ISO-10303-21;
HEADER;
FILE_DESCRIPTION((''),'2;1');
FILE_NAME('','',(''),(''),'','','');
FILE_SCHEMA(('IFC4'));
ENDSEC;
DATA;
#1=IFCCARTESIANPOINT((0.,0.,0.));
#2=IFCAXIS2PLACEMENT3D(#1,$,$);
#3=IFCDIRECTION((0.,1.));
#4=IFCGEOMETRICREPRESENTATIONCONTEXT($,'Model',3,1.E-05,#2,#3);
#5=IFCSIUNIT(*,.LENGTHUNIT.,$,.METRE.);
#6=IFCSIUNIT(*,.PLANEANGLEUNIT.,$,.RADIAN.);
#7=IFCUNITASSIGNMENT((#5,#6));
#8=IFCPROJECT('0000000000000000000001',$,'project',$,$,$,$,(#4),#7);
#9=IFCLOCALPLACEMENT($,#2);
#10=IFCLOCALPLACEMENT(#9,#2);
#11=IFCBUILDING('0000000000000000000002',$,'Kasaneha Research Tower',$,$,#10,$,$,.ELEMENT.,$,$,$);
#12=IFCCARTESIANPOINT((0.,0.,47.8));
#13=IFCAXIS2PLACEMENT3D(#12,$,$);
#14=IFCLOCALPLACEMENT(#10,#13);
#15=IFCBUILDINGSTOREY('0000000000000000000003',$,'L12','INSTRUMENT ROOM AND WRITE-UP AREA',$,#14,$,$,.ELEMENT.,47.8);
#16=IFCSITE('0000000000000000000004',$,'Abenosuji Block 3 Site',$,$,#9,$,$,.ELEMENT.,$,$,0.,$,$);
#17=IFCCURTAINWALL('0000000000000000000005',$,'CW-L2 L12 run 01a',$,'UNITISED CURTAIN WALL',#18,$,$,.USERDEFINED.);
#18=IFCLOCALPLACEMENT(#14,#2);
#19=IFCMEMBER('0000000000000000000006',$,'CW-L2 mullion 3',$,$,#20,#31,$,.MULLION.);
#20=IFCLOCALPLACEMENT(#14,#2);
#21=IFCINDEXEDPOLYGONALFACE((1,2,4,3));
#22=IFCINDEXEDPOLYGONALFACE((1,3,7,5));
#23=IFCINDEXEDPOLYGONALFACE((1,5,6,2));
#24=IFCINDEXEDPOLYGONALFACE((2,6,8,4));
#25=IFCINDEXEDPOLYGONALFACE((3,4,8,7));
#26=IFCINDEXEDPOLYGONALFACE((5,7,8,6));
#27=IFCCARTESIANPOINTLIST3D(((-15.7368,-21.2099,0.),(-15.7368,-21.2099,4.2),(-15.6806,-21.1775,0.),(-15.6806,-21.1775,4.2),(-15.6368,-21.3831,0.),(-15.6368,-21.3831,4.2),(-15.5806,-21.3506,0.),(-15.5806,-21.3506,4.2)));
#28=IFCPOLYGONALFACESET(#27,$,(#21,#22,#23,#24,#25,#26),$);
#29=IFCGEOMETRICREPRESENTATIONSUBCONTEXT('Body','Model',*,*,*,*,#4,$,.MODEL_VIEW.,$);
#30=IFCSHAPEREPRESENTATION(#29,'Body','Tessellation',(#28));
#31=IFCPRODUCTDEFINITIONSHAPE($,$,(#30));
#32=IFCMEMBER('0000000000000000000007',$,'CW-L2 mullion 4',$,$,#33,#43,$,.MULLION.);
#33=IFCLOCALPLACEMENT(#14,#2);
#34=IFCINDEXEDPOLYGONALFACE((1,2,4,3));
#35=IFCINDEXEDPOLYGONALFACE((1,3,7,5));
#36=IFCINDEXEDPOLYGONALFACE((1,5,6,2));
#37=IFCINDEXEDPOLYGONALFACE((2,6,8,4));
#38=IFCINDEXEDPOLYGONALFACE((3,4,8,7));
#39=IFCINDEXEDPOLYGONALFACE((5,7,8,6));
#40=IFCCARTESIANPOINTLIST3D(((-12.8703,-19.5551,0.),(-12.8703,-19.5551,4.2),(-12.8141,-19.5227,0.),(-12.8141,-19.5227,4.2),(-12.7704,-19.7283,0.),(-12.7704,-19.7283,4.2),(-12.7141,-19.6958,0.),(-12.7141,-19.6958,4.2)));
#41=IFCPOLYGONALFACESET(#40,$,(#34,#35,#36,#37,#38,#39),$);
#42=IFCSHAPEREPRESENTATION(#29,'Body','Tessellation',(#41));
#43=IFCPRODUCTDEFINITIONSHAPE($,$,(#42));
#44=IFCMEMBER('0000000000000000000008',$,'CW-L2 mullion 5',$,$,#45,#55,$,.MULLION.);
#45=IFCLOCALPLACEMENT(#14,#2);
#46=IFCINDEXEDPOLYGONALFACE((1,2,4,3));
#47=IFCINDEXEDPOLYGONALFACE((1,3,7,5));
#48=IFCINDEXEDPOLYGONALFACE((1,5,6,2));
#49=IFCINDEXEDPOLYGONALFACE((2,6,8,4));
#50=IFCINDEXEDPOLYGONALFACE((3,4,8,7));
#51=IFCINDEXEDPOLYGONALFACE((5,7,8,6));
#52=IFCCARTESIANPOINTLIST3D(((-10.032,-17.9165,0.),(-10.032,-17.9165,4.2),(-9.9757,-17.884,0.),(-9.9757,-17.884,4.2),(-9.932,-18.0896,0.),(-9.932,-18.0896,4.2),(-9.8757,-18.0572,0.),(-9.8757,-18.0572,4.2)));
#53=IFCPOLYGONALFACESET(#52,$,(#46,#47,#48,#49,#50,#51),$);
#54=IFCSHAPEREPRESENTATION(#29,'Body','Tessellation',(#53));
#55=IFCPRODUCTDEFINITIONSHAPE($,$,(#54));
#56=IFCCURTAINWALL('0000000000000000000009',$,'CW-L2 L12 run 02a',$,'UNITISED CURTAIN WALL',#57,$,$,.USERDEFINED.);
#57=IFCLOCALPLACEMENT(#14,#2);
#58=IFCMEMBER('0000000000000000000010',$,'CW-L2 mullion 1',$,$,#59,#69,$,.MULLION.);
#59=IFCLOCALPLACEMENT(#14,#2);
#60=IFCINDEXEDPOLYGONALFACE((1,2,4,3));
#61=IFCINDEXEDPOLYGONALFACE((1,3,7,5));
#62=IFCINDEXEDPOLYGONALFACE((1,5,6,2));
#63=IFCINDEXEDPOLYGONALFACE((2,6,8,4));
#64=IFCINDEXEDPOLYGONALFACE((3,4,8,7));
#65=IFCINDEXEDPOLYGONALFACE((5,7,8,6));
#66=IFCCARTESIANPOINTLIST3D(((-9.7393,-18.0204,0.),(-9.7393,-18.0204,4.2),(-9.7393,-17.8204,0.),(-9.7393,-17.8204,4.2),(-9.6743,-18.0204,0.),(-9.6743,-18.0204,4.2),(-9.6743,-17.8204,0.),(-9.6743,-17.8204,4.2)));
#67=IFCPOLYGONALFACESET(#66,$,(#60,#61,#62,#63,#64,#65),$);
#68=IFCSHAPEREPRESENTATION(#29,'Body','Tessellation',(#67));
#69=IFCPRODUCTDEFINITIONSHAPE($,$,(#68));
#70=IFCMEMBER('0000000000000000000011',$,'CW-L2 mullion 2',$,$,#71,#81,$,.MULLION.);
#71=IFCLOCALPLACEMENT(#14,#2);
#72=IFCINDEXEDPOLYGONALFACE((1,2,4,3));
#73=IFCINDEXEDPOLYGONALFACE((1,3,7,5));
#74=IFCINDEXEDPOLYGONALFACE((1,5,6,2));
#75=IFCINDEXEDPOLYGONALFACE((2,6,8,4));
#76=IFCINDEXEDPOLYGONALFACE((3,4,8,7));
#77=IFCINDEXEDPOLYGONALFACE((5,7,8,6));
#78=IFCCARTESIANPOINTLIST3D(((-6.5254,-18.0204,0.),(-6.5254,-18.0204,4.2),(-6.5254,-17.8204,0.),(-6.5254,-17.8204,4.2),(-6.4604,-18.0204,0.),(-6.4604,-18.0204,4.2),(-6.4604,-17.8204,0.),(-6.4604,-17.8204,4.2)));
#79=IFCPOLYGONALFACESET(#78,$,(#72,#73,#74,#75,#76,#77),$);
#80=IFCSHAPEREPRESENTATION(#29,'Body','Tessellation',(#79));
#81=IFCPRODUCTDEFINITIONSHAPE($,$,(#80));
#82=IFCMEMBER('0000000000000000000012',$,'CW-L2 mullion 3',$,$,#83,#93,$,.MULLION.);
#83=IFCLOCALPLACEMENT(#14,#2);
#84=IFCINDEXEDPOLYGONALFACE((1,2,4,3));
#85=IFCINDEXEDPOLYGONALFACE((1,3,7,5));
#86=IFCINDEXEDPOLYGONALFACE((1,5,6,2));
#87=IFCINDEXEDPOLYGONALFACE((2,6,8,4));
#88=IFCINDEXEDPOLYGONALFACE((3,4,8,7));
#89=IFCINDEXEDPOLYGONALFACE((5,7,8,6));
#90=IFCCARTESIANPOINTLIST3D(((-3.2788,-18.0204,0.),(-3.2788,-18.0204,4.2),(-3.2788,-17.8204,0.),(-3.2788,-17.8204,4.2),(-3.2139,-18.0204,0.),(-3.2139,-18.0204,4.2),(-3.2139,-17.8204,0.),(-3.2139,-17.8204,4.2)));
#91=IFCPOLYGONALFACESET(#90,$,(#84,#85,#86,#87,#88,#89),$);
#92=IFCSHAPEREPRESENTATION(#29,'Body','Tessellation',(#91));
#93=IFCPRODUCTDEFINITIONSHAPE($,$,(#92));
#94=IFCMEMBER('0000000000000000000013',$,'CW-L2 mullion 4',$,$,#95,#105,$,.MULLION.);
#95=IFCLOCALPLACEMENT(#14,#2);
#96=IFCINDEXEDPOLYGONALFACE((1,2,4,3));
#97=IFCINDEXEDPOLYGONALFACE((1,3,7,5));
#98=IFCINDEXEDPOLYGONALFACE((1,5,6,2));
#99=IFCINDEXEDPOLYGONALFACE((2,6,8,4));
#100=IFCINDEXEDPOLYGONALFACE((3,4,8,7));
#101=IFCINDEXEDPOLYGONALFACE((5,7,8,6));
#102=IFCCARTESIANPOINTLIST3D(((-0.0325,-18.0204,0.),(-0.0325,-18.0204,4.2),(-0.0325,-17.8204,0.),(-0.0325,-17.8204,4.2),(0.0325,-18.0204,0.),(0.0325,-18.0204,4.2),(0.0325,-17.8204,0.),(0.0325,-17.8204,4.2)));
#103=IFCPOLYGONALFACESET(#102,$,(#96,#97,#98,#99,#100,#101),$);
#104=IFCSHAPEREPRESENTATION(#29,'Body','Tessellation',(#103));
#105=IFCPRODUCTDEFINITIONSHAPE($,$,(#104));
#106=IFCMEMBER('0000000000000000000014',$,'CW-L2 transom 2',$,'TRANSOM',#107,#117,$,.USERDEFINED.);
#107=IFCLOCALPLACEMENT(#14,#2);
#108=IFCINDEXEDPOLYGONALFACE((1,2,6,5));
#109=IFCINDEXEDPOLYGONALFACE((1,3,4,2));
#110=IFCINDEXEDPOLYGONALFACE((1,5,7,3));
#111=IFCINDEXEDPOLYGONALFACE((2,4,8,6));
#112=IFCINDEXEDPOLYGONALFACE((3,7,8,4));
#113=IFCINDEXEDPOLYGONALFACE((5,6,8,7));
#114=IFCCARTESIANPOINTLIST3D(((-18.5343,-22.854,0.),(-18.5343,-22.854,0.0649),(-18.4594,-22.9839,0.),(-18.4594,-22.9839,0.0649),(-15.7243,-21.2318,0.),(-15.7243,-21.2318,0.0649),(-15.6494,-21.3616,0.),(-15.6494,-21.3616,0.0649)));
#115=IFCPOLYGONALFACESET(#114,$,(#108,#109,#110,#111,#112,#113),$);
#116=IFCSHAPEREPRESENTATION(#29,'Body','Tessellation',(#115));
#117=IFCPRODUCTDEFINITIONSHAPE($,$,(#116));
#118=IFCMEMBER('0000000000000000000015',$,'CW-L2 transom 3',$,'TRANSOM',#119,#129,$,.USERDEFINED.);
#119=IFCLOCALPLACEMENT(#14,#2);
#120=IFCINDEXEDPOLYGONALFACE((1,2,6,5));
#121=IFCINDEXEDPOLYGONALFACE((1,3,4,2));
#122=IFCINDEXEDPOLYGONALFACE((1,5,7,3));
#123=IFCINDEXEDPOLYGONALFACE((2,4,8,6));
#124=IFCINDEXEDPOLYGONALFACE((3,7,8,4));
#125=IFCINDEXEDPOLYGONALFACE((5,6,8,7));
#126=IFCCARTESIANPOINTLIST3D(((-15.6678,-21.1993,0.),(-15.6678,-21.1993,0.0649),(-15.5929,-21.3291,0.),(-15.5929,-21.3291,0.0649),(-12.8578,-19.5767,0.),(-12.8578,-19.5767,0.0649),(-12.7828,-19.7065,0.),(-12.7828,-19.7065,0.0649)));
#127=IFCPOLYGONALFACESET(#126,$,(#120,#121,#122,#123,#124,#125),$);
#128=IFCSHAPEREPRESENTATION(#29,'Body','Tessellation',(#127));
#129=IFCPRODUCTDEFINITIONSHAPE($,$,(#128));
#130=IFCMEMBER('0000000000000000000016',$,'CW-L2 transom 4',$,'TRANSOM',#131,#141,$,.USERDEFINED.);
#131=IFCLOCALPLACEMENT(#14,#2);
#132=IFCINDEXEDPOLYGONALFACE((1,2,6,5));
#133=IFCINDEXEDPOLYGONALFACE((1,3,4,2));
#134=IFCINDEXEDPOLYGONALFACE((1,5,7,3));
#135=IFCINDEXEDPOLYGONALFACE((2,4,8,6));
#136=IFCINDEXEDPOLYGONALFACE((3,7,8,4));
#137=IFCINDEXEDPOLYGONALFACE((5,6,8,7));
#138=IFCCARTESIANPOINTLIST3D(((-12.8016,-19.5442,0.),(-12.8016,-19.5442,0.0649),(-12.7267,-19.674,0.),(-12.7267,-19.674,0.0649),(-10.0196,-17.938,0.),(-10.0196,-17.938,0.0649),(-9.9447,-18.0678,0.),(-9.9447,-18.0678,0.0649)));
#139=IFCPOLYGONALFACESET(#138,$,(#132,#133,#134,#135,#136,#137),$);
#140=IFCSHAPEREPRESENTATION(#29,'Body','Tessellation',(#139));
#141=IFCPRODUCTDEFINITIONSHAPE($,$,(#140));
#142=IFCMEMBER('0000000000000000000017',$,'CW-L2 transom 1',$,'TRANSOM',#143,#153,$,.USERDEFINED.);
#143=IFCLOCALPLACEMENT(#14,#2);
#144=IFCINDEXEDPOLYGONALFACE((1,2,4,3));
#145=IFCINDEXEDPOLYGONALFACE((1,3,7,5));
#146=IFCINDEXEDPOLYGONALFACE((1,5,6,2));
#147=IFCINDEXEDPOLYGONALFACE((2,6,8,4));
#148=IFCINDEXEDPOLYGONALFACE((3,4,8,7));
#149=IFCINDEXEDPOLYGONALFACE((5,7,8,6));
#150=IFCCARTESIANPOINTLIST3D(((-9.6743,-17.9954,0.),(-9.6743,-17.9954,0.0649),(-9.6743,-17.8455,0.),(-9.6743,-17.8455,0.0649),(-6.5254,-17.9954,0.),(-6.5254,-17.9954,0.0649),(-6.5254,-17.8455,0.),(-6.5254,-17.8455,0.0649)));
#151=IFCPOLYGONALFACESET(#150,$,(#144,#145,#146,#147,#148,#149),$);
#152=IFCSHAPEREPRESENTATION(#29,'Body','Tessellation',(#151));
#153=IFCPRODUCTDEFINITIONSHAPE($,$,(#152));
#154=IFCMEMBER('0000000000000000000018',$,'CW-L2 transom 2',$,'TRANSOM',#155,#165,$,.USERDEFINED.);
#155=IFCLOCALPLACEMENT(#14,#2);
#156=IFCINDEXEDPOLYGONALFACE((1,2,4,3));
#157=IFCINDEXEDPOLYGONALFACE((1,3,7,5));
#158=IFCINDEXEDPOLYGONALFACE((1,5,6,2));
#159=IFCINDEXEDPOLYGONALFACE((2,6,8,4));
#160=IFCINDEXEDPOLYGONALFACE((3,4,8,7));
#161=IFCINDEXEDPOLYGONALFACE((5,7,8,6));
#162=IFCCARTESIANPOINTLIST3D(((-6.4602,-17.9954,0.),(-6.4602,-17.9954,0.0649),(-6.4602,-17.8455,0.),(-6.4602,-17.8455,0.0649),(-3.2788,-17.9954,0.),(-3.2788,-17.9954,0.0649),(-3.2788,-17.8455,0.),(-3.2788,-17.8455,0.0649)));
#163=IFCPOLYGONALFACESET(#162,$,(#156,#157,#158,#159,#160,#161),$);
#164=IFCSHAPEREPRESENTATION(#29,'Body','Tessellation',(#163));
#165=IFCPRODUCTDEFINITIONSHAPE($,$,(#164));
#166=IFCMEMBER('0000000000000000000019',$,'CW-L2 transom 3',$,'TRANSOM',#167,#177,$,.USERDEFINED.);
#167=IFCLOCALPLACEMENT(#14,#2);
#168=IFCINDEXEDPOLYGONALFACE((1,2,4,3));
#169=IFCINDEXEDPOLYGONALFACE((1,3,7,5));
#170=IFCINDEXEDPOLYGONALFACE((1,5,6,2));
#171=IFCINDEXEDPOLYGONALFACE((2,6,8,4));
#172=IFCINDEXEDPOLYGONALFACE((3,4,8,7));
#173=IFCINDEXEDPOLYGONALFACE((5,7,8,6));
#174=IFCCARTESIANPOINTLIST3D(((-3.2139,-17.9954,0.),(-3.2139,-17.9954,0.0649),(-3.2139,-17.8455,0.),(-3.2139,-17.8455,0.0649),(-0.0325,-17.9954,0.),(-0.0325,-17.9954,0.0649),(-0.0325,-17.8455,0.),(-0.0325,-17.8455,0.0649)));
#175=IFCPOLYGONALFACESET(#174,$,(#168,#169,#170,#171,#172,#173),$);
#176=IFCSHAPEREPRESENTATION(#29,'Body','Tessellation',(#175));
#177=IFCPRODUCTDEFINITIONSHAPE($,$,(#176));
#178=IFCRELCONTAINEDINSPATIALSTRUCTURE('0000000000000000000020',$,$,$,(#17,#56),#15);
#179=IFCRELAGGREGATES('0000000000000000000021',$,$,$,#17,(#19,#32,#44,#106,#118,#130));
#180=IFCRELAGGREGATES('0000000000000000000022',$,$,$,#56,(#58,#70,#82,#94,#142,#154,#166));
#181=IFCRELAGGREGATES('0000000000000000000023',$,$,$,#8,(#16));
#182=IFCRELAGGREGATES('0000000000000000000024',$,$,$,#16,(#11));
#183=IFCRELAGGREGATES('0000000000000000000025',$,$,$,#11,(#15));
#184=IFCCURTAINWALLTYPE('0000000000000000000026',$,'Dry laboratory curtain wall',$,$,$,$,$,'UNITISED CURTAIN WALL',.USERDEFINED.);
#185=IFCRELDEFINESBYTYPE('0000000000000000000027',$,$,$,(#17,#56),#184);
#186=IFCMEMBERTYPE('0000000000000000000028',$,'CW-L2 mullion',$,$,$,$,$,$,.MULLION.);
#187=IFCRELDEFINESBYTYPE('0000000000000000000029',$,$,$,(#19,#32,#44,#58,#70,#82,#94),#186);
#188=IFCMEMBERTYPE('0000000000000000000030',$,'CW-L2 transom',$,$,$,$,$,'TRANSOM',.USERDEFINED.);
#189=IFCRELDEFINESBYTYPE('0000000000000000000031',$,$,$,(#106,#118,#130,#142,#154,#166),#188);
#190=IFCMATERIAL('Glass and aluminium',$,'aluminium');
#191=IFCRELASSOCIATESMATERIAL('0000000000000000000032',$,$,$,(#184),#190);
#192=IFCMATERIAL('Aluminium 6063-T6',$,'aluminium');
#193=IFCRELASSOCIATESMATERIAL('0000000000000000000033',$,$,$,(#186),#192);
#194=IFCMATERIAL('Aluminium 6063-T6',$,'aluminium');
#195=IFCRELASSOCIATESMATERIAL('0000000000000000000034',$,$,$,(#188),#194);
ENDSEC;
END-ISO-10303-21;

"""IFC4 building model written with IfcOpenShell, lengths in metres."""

from ifc_helpers import new_model, si_unit, direction, frame, origin, origin_2d, place, context, subcontext, project, spatial, rectangle, extrude, material, material_profile, profile_set, type_object, element, aggregate, save


model = new_model("IFC4")

# Units and contexts
model_context = context("Model", 3, precision=1e-05, world=origin(), true_north=direction((0.0, 1.0)))
body_context = subcontext(model_context, "Body", "Model", "MODEL_VIEW")
ifc_project = project(units=[si_unit("LENGTHUNIT", "METRE"), si_unit("PLANEANGLEUNIT", "RADIAN")], contexts=[model_context])

# Site, building, storey
site_placement = place(None, origin())
site = spatial("IfcSite", under=ifc_project, at=site_placement, Name="Abenosuji Block 3 Site", CompositionType="ELEMENT", RefElevation=0.0)
building_placement = place(site_placement, origin())
building = spatial("IfcBuilding", under=site, at=building_placement, Name="Kasaneha Research Tower", CompositionType="ELEMENT")
storey_placement = place(building_placement, frame((0.0, 0.0, 47.8)))
storey = spatial("IfcBuildingStorey", under=building, at=storey_placement, Name="L12", Description="INSTRUMENT ROOM AND WRITE-UP AREA", CompositionType="ELEMENT", Elevation=47.8)

# Curtain walls, members
ifc_material_1 = material(Name="Glass and aluminium", Category="aluminium")
curtain_wall_type = type_object("IfcCurtainWallType", Name="Dry laboratory curtain wall", ElementType="UNITISED CURTAIN WALL", PredefinedType="USERDEFINED", material=ifc_material_1)
curtain_wall_1_placement = place(storey_placement, origin())
curtain_wall_1 = element("IfcCurtainWall", 1, at=curtain_wall_1_placement, inside=storey, type_object=curtain_wall_type, Name="CW-L2 L12 run 01a", ObjectType="UNITISED CURTAIN WALL", PredefinedType="USERDEFINED")
ifc_material_2 = material(Name="Aluminium 6063-T6", Category="aluminium")
ifc_material_profile_1 = material_profile(ifc_material_2, rectangle(XDim=0.0649, YDim=0.2, at=origin_2d()), Name="CW-L2 mullion 65x200")
ifc_profile_set_1 = profile_set([ifc_material_profile_1], Name="Aluminium 6063-T6")
member_type_1 = type_object("IfcMemberType", Name="CW-L2 mullion", PredefinedType="MULLION", material=ifc_profile_set_1)
member_1_placement = place(storey_placement, frame((-15.6587, -21.2803, 0.0), z_axis=(0.0, 0.0, 1.0), x_axis=(0.866025, 0.5, 0.0)))
member_1 = element("IfcMember", 2, at=member_1_placement, type_object=member_type_1, Name="CW-L2 mullion 3", PredefinedType="MULLION", context=body_context, shape_type="SweptSolid", body=[
    extrude(rectangle(XDim=0.0649, YDim=0.2, at=origin_2d()), origin(), (0.0, 0.0, 1.0), 4.2),
])
member_2_placement = place(storey_placement, frame((-12.7922, -19.6255, 0.0), z_axis=(0.0, 0.0, 1.0), x_axis=(0.866025, 0.5, 0.0)))
member_2 = element("IfcMember", 3, at=member_2_placement, type_object=member_type_1, Name="CW-L2 mullion 4", PredefinedType="MULLION", context=body_context, shape_type="SweptSolid", body=[
    extrude(rectangle(XDim=0.0649, YDim=0.2, at=origin_2d()), origin(), (0.0, 0.0, 1.0), 4.2),
])
member_3_placement = place(storey_placement, frame((-9.9539, -17.9868, 0.0), z_axis=(0.0, 0.0, 1.0), x_axis=(0.866025, 0.5, 0.0)))
member_3 = element("IfcMember", 4, at=member_3_placement, type_object=member_type_1, Name="CW-L2 mullion 5", PredefinedType="MULLION", context=body_context, shape_type="SweptSolid", body=[
    extrude(rectangle(XDim=0.0649, YDim=0.2, at=origin_2d()), origin(), (0.0, 0.0, 1.0), 4.2),
])
curtain_wall_2_placement = place(storey_placement, origin())
curtain_wall_2 = element("IfcCurtainWall", 5, at=curtain_wall_2_placement, inside=storey, type_object=curtain_wall_type, Name="CW-L2 L12 run 02a", ObjectType="UNITISED CURTAIN WALL", PredefinedType="USERDEFINED")
member_4_placement = place(storey_placement, frame((-9.7068, -17.9204, 0.0), z_axis=(0.0, 0.0, 1.0), x_axis=(1.0, 0.0, 0.0)))
member_4 = element("IfcMember", 6, at=member_4_placement, type_object=member_type_1, Name="CW-L2 mullion 1", PredefinedType="MULLION", context=body_context, shape_type="SweptSolid", body=[
    extrude(rectangle(XDim=0.0649, YDim=0.2, at=origin_2d()), origin(), (0.0, 0.0, 1.0), 4.2),
])
member_5_placement = place(storey_placement, frame((-6.4929, -17.9204, 0.0), z_axis=(0.0, 0.0, 1.0), x_axis=(1.0, 0.0, 0.0)))
member_5 = element("IfcMember", 7, at=member_5_placement, type_object=member_type_1, Name="CW-L2 mullion 2", PredefinedType="MULLION", context=body_context, shape_type="SweptSolid", body=[
    extrude(rectangle(XDim=0.0649, YDim=0.2, at=origin_2d()), origin(), (0.0, 0.0, 1.0), 4.2),
])
member_6_placement = place(storey_placement, frame((-3.2463, -17.9204, 0.0), z_axis=(0.0, 0.0, 1.0), x_axis=(1.0, 0.0, 0.0)))
member_6 = element("IfcMember", 8, at=member_6_placement, type_object=member_type_1, Name="CW-L2 mullion 3", PredefinedType="MULLION", context=body_context, shape_type="SweptSolid", body=[
    extrude(rectangle(XDim=0.0649, YDim=0.2, at=origin_2d()), origin(), (0.0, 0.0, 1.0), 4.2),
])
member_7_placement = place(storey_placement, frame((0.0, -17.9204, 0.0), z_axis=(0.0, 0.0, 1.0), x_axis=(1.0, 0.0, 0.0)))
member_7 = element("IfcMember", 9, at=member_7_placement, type_object=member_type_1, Name="CW-L2 mullion 4", PredefinedType="MULLION", context=body_context, shape_type="SweptSolid", body=[
    extrude(rectangle(XDim=0.0649, YDim=0.2, at=origin_2d()), origin(), (0.0, 0.0, 1.0), 4.2),
])

# Members
ifc_material_3 = material(Name="Aluminium 6063-T6", Category="aluminium")
ifc_material_profile_2 = material_profile(ifc_material_3, rectangle(XDim=0.1499, YDim=0.0649, at=origin_2d()), Name="CW-L2 transom 150x65")
ifc_profile_set_2 = profile_set([ifc_material_profile_2], Name="Aluminium 6063-T6")
member_type_2 = type_object("IfcMemberType", Name="CW-L2 transom", ElementType="TRANSOM", PredefinedType="USERDEFINED", material=ifc_profile_set_2)
member_8_placement = place(storey_placement, frame((-18.4968, -22.9189, 0.0325), z_axis=(0.866035, 0.499983, 0.0), x_axis=(-0.499983, 0.866035, 0.0)))
member_8 = element("IfcMember", 10, at=member_8_placement, type_object=member_type_2, Name="CW-L2 transom 2", ObjectType="TRANSOM", PredefinedType="USERDEFINED", context=body_context, shape_type="SweptSolid", body=[
    extrude(rectangle(XDim=0.1499, YDim=0.0649, at=origin_2d()), origin(), (0.0, 0.0, 1.0), 3.2446),
])
member_9_placement = place(storey_placement, frame((-15.6304, -21.2642, 0.0325), z_axis=(0.866003, 0.500039, 0.0), x_axis=(-0.500039, 0.866003, 0.0)))
member_9 = element("IfcMember", 11, at=member_9_placement, type_object=member_type_2, Name="CW-L2 transom 3", ObjectType="TRANSOM", PredefinedType="USERDEFINED", context=body_context, shape_type="SweptSolid", body=[
    extrude(rectangle(XDim=0.1499, YDim=0.0649, at=origin_2d()), origin(), (0.0, 0.0, 1.0), 3.2449),
])
member_10_placement = place(storey_placement, frame((-12.7642, -19.6091, 0.0325), z_axis=(0.866022, 0.500005, 0.0), x_axis=(-0.500005, 0.866022, 0.0)))
member_10 = element("IfcMember", 12, at=member_10_placement, type_object=member_type_2, Name="CW-L2 transom 4", ObjectType="TRANSOM", PredefinedType="USERDEFINED", context=body_context, shape_type="SweptSolid", body=[
    extrude(rectangle(XDim=0.1499, YDim=0.0649, at=origin_2d()), origin(), (0.0, 0.0, 1.0), 3.2124),
])
member_11_placement = place(storey_placement, frame((-9.6743, -17.9204, 0.0325), z_axis=(1.0, 0.0, 0.0), x_axis=(0.0, 1.0, 0.0)))
member_11 = element("IfcMember", 13, at=member_11_placement, type_object=member_type_2, Name="CW-L2 transom 1", ObjectType="TRANSOM", PredefinedType="USERDEFINED", context=body_context, shape_type="SweptSolid", body=[
    extrude(rectangle(XDim=0.1499, YDim=0.0649, at=origin_2d()), origin(), (0.0, 0.0, 1.0), 3.1489),
])
member_12_placement = place(storey_placement, frame((-6.4602, -17.9204, 0.0325), z_axis=(1.0, 0.0, 0.0), x_axis=(0.0, 1.0, 0.0)))
member_12 = element("IfcMember", 14, at=member_12_placement, type_object=member_type_2, Name="CW-L2 transom 2", ObjectType="TRANSOM", PredefinedType="USERDEFINED", context=body_context, shape_type="SweptSolid", body=[
    extrude(rectangle(XDim=0.1499, YDim=0.0649, at=origin_2d()), origin(), (0.0, 0.0, 1.0), 3.1814),
])
member_13_placement = place(storey_placement, frame((-3.2139, -17.9204, 0.0325), z_axis=(1.0, 0.0, 0.0), x_axis=(0.0, 1.0, 0.0)))
member_13 = element("IfcMember", 15, at=member_13_placement, type_object=member_type_2, Name="CW-L2 transom 3", ObjectType="TRANSOM", PredefinedType="USERDEFINED", context=body_context, shape_type="SweptSolid", body=[
    extrude(rectangle(XDim=0.1499, YDim=0.0649, at=origin_2d()), origin(), (0.0, 0.0, 1.0), 3.1814),
])

aggregate(curtain_wall_1, [member_1, member_2, member_3, member_8, member_9, member_10])
aggregate(curtain_wall_2, [member_4, member_5, member_6, member_7, member_11, member_12, member_13])

save(model, "model.ifc")
